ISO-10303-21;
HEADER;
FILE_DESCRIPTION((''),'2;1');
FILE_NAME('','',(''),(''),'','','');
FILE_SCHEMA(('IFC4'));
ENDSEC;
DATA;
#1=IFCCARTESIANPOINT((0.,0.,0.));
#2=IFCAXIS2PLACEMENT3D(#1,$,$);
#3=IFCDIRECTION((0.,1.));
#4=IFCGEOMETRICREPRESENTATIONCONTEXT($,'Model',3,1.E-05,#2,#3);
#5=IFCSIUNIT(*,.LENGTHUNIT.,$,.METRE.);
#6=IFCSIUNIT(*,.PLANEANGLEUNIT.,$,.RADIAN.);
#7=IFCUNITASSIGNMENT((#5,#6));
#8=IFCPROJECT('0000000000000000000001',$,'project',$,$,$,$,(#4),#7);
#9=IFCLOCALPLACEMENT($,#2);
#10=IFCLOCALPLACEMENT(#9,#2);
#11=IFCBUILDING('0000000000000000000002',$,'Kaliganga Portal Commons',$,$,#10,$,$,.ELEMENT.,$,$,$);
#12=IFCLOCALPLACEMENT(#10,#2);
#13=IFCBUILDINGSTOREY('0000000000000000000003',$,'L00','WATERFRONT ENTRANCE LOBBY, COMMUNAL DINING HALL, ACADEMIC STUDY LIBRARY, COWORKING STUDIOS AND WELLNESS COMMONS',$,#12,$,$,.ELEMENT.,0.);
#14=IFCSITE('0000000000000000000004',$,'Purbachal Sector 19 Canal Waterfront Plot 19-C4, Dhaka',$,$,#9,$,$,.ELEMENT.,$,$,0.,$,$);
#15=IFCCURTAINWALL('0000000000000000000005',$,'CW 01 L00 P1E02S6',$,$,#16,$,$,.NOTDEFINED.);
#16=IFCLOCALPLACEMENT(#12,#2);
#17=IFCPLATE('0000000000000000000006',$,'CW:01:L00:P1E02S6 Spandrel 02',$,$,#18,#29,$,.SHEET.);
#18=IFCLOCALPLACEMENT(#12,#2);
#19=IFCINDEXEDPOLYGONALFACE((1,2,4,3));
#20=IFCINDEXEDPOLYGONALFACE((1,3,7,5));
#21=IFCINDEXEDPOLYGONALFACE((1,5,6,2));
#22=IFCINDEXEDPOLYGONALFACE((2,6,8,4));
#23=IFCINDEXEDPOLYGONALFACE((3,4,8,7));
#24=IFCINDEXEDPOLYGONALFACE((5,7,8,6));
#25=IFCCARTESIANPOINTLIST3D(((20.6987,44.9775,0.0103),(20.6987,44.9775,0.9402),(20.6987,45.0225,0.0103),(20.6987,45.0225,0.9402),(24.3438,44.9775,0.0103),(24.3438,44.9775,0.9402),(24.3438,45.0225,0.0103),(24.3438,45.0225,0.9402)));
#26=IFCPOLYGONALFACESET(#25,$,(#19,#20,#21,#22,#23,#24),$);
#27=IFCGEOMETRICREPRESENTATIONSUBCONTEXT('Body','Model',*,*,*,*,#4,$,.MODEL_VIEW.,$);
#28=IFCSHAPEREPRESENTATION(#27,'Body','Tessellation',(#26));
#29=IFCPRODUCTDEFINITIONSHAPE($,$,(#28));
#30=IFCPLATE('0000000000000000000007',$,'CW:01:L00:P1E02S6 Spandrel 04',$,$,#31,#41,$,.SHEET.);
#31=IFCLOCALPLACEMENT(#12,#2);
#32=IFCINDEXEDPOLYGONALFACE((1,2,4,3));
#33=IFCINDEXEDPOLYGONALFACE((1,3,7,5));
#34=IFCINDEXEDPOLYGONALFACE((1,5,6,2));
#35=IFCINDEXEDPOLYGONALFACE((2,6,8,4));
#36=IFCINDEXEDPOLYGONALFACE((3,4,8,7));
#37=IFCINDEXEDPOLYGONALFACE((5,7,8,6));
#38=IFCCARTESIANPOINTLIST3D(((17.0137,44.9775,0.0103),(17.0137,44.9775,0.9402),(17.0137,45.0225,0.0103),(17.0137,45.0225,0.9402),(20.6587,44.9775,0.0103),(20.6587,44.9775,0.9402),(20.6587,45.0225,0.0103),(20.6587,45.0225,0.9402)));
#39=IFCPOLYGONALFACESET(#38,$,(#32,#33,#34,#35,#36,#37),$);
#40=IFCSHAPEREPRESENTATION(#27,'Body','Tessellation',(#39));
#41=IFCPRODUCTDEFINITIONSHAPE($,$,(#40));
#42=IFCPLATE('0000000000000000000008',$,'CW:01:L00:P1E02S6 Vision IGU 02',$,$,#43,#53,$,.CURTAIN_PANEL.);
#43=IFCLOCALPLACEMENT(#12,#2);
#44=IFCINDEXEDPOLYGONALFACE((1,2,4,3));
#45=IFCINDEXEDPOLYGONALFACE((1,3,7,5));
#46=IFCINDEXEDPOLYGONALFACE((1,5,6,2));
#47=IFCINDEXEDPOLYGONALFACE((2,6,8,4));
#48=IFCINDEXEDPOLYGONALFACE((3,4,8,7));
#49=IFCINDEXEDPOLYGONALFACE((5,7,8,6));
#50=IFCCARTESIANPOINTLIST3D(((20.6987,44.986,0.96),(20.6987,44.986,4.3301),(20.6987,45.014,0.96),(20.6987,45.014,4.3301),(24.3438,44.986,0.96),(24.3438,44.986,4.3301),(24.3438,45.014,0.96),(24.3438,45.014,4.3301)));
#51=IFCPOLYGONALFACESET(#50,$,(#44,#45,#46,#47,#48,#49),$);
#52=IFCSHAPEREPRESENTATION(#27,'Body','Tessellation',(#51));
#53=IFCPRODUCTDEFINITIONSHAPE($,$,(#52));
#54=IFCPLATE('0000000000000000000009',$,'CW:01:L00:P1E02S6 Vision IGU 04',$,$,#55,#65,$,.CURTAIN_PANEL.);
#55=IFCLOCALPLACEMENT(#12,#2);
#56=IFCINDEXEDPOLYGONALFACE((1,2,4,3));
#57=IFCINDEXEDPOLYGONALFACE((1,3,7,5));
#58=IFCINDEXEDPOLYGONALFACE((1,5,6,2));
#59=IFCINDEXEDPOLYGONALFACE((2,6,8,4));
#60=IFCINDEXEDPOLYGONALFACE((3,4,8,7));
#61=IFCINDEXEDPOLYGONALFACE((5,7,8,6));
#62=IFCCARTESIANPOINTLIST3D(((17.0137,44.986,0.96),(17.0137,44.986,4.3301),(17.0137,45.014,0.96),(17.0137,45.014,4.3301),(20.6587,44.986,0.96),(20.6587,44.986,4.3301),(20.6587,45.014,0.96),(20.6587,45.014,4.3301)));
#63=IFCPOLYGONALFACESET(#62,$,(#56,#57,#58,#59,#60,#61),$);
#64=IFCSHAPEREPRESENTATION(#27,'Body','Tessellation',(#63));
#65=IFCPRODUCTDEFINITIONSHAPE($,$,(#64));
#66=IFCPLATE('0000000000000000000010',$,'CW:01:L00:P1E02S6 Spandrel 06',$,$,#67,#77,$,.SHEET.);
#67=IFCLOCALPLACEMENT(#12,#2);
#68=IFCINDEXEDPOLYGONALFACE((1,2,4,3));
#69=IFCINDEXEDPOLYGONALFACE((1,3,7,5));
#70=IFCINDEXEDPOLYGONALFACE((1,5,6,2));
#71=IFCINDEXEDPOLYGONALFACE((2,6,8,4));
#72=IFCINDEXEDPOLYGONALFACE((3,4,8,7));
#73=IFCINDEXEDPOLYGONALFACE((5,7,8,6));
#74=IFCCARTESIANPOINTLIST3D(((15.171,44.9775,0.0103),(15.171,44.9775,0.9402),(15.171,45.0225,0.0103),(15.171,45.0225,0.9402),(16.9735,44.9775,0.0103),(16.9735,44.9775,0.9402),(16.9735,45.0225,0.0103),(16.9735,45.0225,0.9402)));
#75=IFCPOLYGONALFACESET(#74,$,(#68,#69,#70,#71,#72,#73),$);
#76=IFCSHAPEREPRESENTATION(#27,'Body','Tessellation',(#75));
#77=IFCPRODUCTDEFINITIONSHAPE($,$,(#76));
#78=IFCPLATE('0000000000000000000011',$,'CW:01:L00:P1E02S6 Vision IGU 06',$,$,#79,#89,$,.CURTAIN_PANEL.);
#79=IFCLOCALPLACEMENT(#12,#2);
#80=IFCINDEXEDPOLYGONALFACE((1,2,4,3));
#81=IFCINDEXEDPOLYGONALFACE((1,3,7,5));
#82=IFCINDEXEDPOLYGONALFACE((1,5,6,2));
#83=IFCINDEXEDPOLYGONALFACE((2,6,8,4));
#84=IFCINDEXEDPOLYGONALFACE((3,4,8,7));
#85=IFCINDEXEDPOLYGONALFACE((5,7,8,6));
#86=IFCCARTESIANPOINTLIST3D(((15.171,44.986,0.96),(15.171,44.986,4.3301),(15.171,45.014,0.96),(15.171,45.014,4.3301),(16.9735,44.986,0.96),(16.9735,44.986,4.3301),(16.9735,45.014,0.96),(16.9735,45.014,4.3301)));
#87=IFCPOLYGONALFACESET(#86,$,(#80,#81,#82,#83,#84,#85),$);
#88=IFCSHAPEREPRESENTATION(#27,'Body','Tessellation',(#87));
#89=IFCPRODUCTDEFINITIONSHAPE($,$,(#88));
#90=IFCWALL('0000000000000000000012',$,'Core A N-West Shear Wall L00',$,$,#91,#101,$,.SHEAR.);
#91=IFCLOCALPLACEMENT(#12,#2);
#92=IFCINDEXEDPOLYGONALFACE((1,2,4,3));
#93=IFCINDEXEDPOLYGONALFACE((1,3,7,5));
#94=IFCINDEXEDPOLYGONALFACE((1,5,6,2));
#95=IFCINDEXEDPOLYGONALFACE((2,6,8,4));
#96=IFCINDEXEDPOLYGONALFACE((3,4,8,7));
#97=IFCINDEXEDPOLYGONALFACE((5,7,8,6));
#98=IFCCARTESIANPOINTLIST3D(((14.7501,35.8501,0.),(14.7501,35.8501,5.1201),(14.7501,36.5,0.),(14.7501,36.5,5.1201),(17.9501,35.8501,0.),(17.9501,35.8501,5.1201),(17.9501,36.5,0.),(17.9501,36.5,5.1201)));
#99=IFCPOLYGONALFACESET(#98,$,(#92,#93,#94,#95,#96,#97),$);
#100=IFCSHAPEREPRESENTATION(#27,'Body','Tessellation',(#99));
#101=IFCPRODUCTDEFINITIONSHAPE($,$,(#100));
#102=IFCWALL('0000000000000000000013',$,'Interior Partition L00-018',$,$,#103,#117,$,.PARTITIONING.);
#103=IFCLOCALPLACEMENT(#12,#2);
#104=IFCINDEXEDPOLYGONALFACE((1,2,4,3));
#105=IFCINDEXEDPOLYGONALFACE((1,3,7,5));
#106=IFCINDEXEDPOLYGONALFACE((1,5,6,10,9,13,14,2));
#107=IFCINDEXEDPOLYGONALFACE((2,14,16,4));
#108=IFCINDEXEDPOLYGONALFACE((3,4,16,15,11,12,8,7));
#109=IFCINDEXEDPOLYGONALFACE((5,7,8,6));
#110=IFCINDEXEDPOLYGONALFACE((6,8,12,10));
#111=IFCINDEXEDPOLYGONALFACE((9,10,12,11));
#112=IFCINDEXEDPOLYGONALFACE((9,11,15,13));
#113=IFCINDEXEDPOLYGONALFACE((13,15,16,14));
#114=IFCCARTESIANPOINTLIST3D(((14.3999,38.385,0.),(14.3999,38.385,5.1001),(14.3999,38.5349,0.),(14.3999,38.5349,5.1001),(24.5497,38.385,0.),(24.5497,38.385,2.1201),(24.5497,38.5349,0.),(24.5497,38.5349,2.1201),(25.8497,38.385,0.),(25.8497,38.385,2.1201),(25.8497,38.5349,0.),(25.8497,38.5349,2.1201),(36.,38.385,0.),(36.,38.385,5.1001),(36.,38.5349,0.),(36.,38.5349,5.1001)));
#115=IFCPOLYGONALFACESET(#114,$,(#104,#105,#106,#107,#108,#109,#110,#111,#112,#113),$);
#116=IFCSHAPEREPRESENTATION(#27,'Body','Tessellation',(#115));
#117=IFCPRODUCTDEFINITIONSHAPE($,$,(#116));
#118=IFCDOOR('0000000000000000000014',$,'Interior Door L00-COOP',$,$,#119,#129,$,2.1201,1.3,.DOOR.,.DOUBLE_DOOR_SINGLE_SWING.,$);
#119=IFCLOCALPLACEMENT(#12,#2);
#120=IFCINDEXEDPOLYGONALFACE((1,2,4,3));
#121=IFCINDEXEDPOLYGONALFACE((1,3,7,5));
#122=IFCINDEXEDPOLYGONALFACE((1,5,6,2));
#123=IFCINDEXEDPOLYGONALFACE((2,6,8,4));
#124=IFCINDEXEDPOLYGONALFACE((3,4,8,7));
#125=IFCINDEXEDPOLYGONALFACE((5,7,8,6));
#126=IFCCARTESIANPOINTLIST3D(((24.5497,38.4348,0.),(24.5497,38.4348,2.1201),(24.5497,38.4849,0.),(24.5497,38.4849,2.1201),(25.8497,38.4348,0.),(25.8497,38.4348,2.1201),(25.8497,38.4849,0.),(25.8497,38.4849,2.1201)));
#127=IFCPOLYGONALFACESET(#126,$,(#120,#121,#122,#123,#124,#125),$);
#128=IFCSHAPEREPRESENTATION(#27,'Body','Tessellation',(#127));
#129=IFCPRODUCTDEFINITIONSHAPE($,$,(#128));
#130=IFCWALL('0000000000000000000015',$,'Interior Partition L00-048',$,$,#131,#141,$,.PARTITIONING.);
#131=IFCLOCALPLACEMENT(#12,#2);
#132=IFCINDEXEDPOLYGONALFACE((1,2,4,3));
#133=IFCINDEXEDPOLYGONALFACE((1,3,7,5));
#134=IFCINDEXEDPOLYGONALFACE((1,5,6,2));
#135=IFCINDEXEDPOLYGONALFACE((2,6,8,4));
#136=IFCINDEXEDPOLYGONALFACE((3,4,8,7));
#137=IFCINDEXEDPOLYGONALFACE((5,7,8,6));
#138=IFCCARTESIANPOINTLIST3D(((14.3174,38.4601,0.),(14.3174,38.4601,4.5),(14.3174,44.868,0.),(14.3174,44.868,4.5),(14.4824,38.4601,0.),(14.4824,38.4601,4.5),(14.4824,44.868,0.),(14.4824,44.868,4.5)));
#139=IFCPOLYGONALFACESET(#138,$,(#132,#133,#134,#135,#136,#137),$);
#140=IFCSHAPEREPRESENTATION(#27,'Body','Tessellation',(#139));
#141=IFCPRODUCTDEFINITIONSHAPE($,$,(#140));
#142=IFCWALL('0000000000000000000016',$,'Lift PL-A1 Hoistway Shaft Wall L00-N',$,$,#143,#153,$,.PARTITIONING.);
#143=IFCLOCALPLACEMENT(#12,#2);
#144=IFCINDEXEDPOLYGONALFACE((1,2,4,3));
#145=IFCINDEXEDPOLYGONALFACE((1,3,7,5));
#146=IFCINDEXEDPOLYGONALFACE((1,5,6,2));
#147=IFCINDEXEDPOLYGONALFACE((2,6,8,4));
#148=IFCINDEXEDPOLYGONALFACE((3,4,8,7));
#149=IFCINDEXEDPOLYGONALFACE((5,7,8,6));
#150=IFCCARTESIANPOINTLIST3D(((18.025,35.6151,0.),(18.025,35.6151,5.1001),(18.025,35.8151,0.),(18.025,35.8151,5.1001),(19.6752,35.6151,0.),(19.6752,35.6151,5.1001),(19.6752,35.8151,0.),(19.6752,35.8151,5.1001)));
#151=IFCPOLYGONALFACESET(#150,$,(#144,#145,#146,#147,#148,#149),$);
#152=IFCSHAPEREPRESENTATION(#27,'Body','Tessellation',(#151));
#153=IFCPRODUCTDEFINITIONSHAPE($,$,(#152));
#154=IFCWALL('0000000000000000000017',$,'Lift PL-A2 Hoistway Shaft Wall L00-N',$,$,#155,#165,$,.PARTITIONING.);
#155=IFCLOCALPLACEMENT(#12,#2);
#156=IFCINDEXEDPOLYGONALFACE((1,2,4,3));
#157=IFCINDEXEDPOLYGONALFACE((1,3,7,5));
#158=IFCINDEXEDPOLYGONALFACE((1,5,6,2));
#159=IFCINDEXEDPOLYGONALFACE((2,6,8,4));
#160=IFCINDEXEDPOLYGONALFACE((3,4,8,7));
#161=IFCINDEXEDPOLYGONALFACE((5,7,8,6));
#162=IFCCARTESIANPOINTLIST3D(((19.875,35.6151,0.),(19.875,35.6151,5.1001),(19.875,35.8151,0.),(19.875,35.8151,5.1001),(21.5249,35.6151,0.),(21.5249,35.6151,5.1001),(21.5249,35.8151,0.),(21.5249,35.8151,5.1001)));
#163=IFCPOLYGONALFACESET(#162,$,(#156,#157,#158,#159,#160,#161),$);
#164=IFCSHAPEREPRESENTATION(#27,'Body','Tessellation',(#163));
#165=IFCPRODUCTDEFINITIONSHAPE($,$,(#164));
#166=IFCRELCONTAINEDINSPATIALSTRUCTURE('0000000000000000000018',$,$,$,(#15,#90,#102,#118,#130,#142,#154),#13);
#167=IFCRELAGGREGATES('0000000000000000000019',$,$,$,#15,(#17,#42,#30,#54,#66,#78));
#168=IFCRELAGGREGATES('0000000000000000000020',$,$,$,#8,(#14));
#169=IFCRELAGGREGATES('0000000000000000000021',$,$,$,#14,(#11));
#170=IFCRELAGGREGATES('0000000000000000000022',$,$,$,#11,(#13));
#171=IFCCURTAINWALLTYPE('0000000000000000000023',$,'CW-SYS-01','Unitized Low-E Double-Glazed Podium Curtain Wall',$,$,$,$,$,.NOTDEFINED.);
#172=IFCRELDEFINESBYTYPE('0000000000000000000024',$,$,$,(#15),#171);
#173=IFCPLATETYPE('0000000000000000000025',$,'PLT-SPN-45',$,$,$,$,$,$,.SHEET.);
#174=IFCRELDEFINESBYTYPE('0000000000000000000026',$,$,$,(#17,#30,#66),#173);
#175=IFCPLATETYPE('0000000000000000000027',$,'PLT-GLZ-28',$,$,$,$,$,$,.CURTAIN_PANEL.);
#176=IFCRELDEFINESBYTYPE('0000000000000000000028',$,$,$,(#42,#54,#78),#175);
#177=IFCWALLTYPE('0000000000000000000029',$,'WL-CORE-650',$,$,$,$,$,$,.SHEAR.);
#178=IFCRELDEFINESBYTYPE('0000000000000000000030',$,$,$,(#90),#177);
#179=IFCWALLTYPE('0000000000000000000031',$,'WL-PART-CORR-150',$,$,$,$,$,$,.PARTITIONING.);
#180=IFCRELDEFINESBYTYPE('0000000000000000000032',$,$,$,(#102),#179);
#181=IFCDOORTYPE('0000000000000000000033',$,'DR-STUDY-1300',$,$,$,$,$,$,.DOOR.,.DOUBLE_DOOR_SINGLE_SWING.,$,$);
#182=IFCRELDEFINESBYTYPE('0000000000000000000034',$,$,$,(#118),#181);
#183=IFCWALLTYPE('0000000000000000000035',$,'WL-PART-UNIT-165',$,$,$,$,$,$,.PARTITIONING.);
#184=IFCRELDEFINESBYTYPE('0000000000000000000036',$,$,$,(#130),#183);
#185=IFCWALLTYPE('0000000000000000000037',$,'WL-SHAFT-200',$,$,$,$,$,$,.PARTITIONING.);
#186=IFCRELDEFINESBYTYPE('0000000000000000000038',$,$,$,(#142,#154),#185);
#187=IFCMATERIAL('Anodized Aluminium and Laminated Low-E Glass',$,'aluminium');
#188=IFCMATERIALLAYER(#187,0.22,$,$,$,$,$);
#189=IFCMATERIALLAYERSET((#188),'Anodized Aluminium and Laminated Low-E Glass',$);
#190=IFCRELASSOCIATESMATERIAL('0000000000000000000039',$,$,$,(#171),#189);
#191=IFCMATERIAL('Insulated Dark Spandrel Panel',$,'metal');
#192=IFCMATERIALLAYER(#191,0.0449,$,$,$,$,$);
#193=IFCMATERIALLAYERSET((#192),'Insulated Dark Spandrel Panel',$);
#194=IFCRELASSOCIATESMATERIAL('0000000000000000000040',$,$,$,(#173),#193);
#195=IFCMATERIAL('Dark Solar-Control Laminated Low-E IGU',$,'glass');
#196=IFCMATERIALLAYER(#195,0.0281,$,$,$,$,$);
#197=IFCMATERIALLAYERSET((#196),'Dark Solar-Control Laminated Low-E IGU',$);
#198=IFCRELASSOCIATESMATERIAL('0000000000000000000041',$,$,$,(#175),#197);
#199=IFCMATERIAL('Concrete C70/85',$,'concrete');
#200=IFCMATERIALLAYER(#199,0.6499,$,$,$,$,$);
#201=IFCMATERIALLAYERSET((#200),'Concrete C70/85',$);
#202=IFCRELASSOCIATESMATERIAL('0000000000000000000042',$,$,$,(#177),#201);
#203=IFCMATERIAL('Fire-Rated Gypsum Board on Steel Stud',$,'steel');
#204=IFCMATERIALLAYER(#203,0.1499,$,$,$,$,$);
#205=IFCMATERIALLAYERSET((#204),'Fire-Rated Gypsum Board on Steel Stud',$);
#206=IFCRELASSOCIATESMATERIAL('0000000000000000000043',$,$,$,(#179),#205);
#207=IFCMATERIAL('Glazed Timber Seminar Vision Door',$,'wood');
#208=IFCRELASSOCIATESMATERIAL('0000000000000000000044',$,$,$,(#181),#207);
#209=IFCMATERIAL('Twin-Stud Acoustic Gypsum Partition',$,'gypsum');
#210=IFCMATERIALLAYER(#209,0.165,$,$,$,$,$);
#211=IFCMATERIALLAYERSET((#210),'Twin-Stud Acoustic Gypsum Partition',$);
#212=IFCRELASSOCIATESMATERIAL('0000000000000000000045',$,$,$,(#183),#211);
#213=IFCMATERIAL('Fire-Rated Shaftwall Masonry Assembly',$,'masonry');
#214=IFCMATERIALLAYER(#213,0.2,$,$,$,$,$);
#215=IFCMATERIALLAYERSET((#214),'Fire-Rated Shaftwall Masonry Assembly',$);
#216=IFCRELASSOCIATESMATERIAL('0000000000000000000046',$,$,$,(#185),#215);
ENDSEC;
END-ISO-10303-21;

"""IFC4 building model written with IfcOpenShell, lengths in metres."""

from ifc_helpers import new_model, si_unit, direction, frame, frame_2d, origin, origin_2d, place, context, subcontext, project, spatial, rectangle, extrude, source, transform, mapped, material, layer, layer_set, type_object, element, fill, aggregate, save


model = new_model("IFC4")

# Units and contexts
model_context = context("Model", 3, precision=1e-05, world=origin(), true_north=direction((0.0, 1.0)))
body_context = subcontext(model_context, "Body", "Model", "MODEL_VIEW")
ifc_project = project(units=[si_unit("LENGTHUNIT", "METRE"), si_unit("PLANEANGLEUNIT", "RADIAN")], contexts=[model_context])

# Site, building, storey
site_placement = place(None, origin())
site = spatial("IfcSite", under=ifc_project, at=site_placement, Name="Purbachal Sector 19 Canal Waterfront Plot 19-C4, Dhaka", CompositionType="ELEMENT", RefElevation=0.0)
building_placement = place(site_placement, origin())
building = spatial("IfcBuilding", under=site, at=building_placement, Name="Kaliganga Portal Commons", CompositionType="ELEMENT")
storey_placement = place(building_placement, origin())
storey = spatial("IfcBuildingStorey", under=building, at=storey_placement, Name="L00", Description="WATERFRONT ENTRANCE LOBBY, COMMUNAL DINING HALL, ACADEMIC STUDY LIBRARY, COWORKING STUDIOS AND WELLNESS COMMONS", CompositionType="ELEMENT", Elevation=0.0)

# Shared definitions
ifc_material_1 = material(Name="Concrete C70/85", Category="concrete")

# Curtain wall
ifc_material_2 = material(Name="Anodized Aluminium and Laminated Low-E Glass", Category="aluminium")
ifc_layer_1 = layer(ifc_material_2, 0.22)
ifc_layer_set_1 = layer_set([ifc_layer_1], Name="Anodized Aluminium and Laminated Low-E Glass")
curtain_wall_type = type_object("IfcCurtainWallType", Name="CW-SYS-01", Description="Unitized Low-E Double-Glazed Podium Curtain Wall", PredefinedType="NOTDEFINED", material=ifc_layer_set_1)
curtain_wall_1_placement = place(storey_placement, origin())
curtain_wall_1 = element("IfcCurtainWall", 1, at=curtain_wall_1_placement, inside=storey, type_object=curtain_wall_type, Name="CW 01 L00 P1E02S6", PredefinedType="NOTDEFINED")

# Plates
ifc_material_3 = material(Name="Insulated Dark Spandrel Panel", Category="metal")
ifc_layer_2 = layer(ifc_material_3, 0.0449)
ifc_layer_set_2 = layer_set([ifc_layer_2], Name="Insulated Dark Spandrel Panel")
plate_type_1 = type_object("IfcPlateType", Name="PLT-SPN-45", PredefinedType="SHEET", material=ifc_layer_set_2)
shared_shape_1 = source(origin(), body_context, "Body", "SweptSolid", [
    extrude(rectangle(XDim=3.645, YDim=0.0449, at=origin_2d()), origin(), (0.0, 0.0, 1.0), 0.9299),
])
plate_1_placement = place(storey_placement, frame((22.5212, 45.0, 0.0103), z_axis=(0.0, 0.0, 1.0), x_axis=(-1.0, 0.0, 0.0)))
plate_1 = element("IfcPlate", 2, at=plate_1_placement, type_object=plate_type_1, Name="CW:01:L00:P1E02S6 Spandrel 02", PredefinedType="SHEET", context=body_context, shape_type="MappedRepresentation", body=[
    mapped(shared_shape_1, transform((0.0, 0.0, 0.0), x_axis=(1.0, 0.0, 0.0), y_axis=(0.0, 1.0, 0.0), z_axis=(0.0, 0.0, 1.0), scale=1.0)),
])
plate_2_placement = place(storey_placement, frame((18.8362, 45.0, 0.0103), z_axis=(0.0, 0.0, 1.0), x_axis=(-1.0, 0.0, 0.0)))
plate_2 = element("IfcPlate", 3, at=plate_2_placement, type_object=plate_type_1, Name="CW:01:L00:P1E02S6 Spandrel 04", PredefinedType="SHEET", context=body_context, shape_type="MappedRepresentation", body=[
    mapped(shared_shape_1, transform((0.0, 0.0, 0.0), x_axis=(1.0, 0.0, 0.0), y_axis=(0.0, 1.0, 0.0), z_axis=(0.0, 0.0, 1.0), scale=1.0)),
])
ifc_material_4 = material(Name="Dark Solar-Control Laminated Low-E IGU", Category="glass")
ifc_layer_3 = layer(ifc_material_4, 0.0281)
ifc_layer_set_3 = layer_set([ifc_layer_3], Name="Dark Solar-Control Laminated Low-E IGU")
plate_type_2 = type_object("IfcPlateType", Name="PLT-GLZ-28", PredefinedType="CURTAIN_PANEL", material=ifc_layer_set_3)
shared_shape_2 = source(origin(), body_context, "Body", "SweptSolid", [
    extrude(rectangle(XDim=3.645, YDim=0.0281, at=origin_2d()), origin(), (0.0, 0.0, 1.0), 3.3701),
])
plate_3_placement = place(storey_placement, frame((22.5212, 45.0, 0.96), z_axis=(0.0, 0.0, 1.0), x_axis=(-1.0, 0.0, 0.0)))
plate_3 = element("IfcPlate", 4, at=plate_3_placement, type_object=plate_type_2, Name="CW:01:L00:P1E02S6 Vision IGU 02", PredefinedType="CURTAIN_PANEL", context=body_context, shape_type="MappedRepresentation", body=[
    mapped(shared_shape_2, transform((0.0, 0.0, 0.0), x_axis=(1.0, 0.0, 0.0), y_axis=(0.0, 1.0, 0.0), z_axis=(0.0, 0.0, 1.0), scale=1.0)),
])
plate_4_placement = place(storey_placement, frame((18.8362, 45.0, 0.96), z_axis=(0.0, 0.0, 1.0), x_axis=(-1.0, 0.0, 0.0)))
plate_4 = element("IfcPlate", 5, at=plate_4_placement, type_object=plate_type_2, Name="CW:01:L00:P1E02S6 Vision IGU 04", PredefinedType="CURTAIN_PANEL", context=body_context, shape_type="MappedRepresentation", body=[
    mapped(shared_shape_2, transform((0.0, 0.0, 0.0), x_axis=(1.0, 0.0, 0.0), y_axis=(0.0, 1.0, 0.0), z_axis=(0.0, 0.0, 1.0), scale=1.0)),
])
shared_shape_3 = source(origin(), body_context, "Body", "SweptSolid", [
    extrude(rectangle(XDim=1.8025, YDim=0.0449, at=origin_2d()), origin(), (0.0, 0.0, 1.0), 0.9299),
])
plate_5_placement = place(storey_placement, frame((16.0723, 45.0, 0.0103), z_axis=(0.0, 0.0, 1.0), x_axis=(-1.0, 0.0, 0.0)))
plate_5 = element("IfcPlate", 6, at=plate_5_placement, type_object=plate_type_1, Name="CW:01:L00:P1E02S6 Spandrel 06", PredefinedType="SHEET", context=body_context, shape_type="MappedRepresentation", body=[
    mapped(shared_shape_3, transform((0.0, 0.0, 0.0), x_axis=(1.0, 0.0, 0.0), y_axis=(0.0, 1.0, 0.0), z_axis=(0.0, 0.0, 1.0), scale=1.0)),
])
shared_shape_4 = source(origin(), body_context, "Body", "SweptSolid", [
    extrude(rectangle(XDim=1.8025, YDim=0.0281, at=origin_2d()), origin(), (0.0, 0.0, 1.0), 3.3701),
])
plate_6_placement = place(storey_placement, frame((16.0723, 45.0, 0.96), z_axis=(0.0, 0.0, 1.0), x_axis=(-1.0, 0.0, 0.0)))
plate_6 = element("IfcPlate", 7, at=plate_6_placement, type_object=plate_type_2, Name="CW:01:L00:P1E02S6 Vision IGU 06", PredefinedType="CURTAIN_PANEL", context=body_context, shape_type="MappedRepresentation", body=[
    mapped(shared_shape_4, transform((0.0, 0.0, 0.0), x_axis=(1.0, 0.0, 0.0), y_axis=(0.0, 1.0, 0.0), z_axis=(0.0, 0.0, 1.0), scale=1.0)),
])
aggregate(curtain_wall_1, [plate_1, plate_3, plate_2, plate_4, plate_5, plate_6])

# Wall
ifc_layer_4 = layer(ifc_material_1, 0.6499)
ifc_layer_set_4 = layer_set([ifc_layer_4], Name="Concrete C70/85")
wall_type_1 = type_object("IfcWallType", Name="WL-CORE-650", PredefinedType="SHEAR", material=ifc_layer_set_4)
wall_1_placement = place(storey_placement, frame((14.75, 36.175, 0.0), z_axis=(0.0, 0.0, 1.0), x_axis=(1.0, 0.0, 0.0)))
element("IfcWall", 8, at=wall_1_placement, inside=storey, type_object=wall_type_1, Name="Core A N-West Shear Wall L00", PredefinedType="SHEAR", context=body_context, shape_type="SweptSolid", body=[
    extrude(rectangle(XDim=3.2, YDim=0.6499, at=frame_2d((1.6001, 0.0))), origin(), (0.0, 0.0, 1.0), 5.1201),
])

# Wall, opening, door
ifc_material_5 = material(Name="Fire-Rated Gypsum Board on Steel Stud", Category="steel")
ifc_layer_5 = layer(ifc_material_5, 0.1499)
ifc_layer_set_5 = layer_set([ifc_layer_5], Name="Fire-Rated Gypsum Board on Steel Stud")
wall_type_2 = type_object("IfcWallType", Name="WL-PART-CORR-150", PredefinedType="PARTITIONING", material=ifc_layer_set_5)
wall_2_placement = place(storey_placement, frame((14.3999, 38.46, 0.0), z_axis=(0.0, 0.0, 1.0), x_axis=(1.0, 0.0, 0.0)))
wall_2 = element("IfcWall", 9, at=wall_2_placement, inside=storey, type_object=wall_type_2, Name="Interior Partition L00-018", PredefinedType="PARTITIONING", context=body_context, shape_type="SweptSolid", body=[
    extrude(rectangle(XDim=21.6001, YDim=0.1499, at=frame_2d((10.8, 0.0))), origin(), (0.0, 0.0, 1.0), 5.1001),
])
opening_placement = place(wall_2_placement, frame((10.1499, 0.0, 0.0)))
opening = element("IfcOpeningElement", 10, at=opening_placement, cuts=wall_2, PredefinedType="OPENING", context=body_context, shape_type="SweptSolid", body=[
    extrude(rectangle(XDim=1.3, YDim=2.1201, at=frame_2d((0.6499, 1.0601))), frame((0.0, 0.085, 0.0), z_axis=(0.0, -1.0, 0.0), x_axis=(1.0, 0.0, 0.0)), (0.0, 0.0, 1.0), 0.1699),
])
ifc_material_6 = material(Name="Glazed Timber Seminar Vision Door", Category="wood")
door_type = type_object("IfcDoorType", Name="DR-STUDY-1300", OperationType="DOUBLE_DOOR_SINGLE_SWING", PredefinedType="DOOR", material=ifc_material_6)
door_placement = place(opening_placement, origin())
door = element("IfcDoor", 11, at=door_placement, inside=storey, type_object=door_type, Name="Interior Door L00-COOP", OperationType="DOUBLE_DOOR_SINGLE_SWING", OverallHeight=2.1201, OverallWidth=1.3, PredefinedType="DOOR", context=body_context, shape_type="SweptSolid", body=[
    extrude(rectangle(XDim=1.3, YDim=2.1201, at=frame_2d((0.6499, 1.0601))), frame((0.0, 0.0249, 0.0), z_axis=(0.0, -1.0, 0.0), x_axis=(1.0, 0.0, 0.0)), (0.0, 0.0, 1.0), 0.05),
])
fill(opening, door)

# Walls
ifc_material_7 = material(Name="Twin-Stud Acoustic Gypsum Partition", Category="gypsum")
ifc_layer_6 = layer(ifc_material_7, 0.165)
ifc_layer_set_6 = layer_set([ifc_layer_6], Name="Twin-Stud Acoustic Gypsum Partition")
wall_type_3 = type_object("IfcWallType", Name="WL-PART-UNIT-165", PredefinedType="PARTITIONING", material=ifc_layer_set_6)
wall_3_placement = place(storey_placement, frame((14.3999, 38.46, 0.0), z_axis=(0.0, 0.0, 1.0), x_axis=(0.0, 1.0, 0.0)))
element("IfcWall", 12, at=wall_3_placement, inside=storey, type_object=wall_type_3, Name="Interior Partition L00-048", PredefinedType="PARTITIONING", context=body_context, shape_type="SweptSolid", body=[
    extrude(rectangle(XDim=6.408, YDim=0.165, at=frame_2d((3.2041, 0.0))), origin(), (0.0, 0.0, 1.0), 4.5),
])
ifc_material_8 = material(Name="Fire-Rated Shaftwall Masonry Assembly", Category="masonry")
ifc_layer_7 = layer(ifc_material_8, 0.2)
ifc_layer_set_7 = layer_set([ifc_layer_7], Name="Fire-Rated Shaftwall Masonry Assembly")
wall_type_4 = type_object("IfcWallType", Name="WL-SHAFT-200", PredefinedType="PARTITIONING", material=ifc_layer_set_7)
wall_4_placement = place(storey_placement, frame((18.0249, 35.7151, 0.0), z_axis=(0.0, 0.0, 1.0), x_axis=(1.0, 0.0, 0.0)))
element("IfcWall", 13, at=wall_4_placement, inside=storey, type_object=wall_type_4, Name="Lift PL-A1 Hoistway Shaft Wall L00-N", PredefinedType="PARTITIONING", context=body_context, shape_type="SweptSolid", body=[
    extrude(rectangle(XDim=1.6501, YDim=0.2, at=frame_2d((0.8252, 0.0))), origin(), (0.0, 0.0, 1.0), 5.1001),
])
wall_5_placement = place(storey_placement, frame((19.875, 35.7151, 0.0), z_axis=(0.0, 0.0, 1.0), x_axis=(1.0, 0.0, 0.0)))
element("IfcWall", 14, at=wall_5_placement, inside=storey, type_object=wall_type_4, Name="Lift PL-A2 Hoistway Shaft Wall L00-N", PredefinedType="PARTITIONING", context=body_context, shape_type="SweptSolid", body=[
    extrude(rectangle(XDim=1.6499, YDim=0.2, at=frame_2d((0.825, 0.0))), origin(), (0.0, 0.0, 1.0), 5.1001),
])

save(model, "model.ifc")
